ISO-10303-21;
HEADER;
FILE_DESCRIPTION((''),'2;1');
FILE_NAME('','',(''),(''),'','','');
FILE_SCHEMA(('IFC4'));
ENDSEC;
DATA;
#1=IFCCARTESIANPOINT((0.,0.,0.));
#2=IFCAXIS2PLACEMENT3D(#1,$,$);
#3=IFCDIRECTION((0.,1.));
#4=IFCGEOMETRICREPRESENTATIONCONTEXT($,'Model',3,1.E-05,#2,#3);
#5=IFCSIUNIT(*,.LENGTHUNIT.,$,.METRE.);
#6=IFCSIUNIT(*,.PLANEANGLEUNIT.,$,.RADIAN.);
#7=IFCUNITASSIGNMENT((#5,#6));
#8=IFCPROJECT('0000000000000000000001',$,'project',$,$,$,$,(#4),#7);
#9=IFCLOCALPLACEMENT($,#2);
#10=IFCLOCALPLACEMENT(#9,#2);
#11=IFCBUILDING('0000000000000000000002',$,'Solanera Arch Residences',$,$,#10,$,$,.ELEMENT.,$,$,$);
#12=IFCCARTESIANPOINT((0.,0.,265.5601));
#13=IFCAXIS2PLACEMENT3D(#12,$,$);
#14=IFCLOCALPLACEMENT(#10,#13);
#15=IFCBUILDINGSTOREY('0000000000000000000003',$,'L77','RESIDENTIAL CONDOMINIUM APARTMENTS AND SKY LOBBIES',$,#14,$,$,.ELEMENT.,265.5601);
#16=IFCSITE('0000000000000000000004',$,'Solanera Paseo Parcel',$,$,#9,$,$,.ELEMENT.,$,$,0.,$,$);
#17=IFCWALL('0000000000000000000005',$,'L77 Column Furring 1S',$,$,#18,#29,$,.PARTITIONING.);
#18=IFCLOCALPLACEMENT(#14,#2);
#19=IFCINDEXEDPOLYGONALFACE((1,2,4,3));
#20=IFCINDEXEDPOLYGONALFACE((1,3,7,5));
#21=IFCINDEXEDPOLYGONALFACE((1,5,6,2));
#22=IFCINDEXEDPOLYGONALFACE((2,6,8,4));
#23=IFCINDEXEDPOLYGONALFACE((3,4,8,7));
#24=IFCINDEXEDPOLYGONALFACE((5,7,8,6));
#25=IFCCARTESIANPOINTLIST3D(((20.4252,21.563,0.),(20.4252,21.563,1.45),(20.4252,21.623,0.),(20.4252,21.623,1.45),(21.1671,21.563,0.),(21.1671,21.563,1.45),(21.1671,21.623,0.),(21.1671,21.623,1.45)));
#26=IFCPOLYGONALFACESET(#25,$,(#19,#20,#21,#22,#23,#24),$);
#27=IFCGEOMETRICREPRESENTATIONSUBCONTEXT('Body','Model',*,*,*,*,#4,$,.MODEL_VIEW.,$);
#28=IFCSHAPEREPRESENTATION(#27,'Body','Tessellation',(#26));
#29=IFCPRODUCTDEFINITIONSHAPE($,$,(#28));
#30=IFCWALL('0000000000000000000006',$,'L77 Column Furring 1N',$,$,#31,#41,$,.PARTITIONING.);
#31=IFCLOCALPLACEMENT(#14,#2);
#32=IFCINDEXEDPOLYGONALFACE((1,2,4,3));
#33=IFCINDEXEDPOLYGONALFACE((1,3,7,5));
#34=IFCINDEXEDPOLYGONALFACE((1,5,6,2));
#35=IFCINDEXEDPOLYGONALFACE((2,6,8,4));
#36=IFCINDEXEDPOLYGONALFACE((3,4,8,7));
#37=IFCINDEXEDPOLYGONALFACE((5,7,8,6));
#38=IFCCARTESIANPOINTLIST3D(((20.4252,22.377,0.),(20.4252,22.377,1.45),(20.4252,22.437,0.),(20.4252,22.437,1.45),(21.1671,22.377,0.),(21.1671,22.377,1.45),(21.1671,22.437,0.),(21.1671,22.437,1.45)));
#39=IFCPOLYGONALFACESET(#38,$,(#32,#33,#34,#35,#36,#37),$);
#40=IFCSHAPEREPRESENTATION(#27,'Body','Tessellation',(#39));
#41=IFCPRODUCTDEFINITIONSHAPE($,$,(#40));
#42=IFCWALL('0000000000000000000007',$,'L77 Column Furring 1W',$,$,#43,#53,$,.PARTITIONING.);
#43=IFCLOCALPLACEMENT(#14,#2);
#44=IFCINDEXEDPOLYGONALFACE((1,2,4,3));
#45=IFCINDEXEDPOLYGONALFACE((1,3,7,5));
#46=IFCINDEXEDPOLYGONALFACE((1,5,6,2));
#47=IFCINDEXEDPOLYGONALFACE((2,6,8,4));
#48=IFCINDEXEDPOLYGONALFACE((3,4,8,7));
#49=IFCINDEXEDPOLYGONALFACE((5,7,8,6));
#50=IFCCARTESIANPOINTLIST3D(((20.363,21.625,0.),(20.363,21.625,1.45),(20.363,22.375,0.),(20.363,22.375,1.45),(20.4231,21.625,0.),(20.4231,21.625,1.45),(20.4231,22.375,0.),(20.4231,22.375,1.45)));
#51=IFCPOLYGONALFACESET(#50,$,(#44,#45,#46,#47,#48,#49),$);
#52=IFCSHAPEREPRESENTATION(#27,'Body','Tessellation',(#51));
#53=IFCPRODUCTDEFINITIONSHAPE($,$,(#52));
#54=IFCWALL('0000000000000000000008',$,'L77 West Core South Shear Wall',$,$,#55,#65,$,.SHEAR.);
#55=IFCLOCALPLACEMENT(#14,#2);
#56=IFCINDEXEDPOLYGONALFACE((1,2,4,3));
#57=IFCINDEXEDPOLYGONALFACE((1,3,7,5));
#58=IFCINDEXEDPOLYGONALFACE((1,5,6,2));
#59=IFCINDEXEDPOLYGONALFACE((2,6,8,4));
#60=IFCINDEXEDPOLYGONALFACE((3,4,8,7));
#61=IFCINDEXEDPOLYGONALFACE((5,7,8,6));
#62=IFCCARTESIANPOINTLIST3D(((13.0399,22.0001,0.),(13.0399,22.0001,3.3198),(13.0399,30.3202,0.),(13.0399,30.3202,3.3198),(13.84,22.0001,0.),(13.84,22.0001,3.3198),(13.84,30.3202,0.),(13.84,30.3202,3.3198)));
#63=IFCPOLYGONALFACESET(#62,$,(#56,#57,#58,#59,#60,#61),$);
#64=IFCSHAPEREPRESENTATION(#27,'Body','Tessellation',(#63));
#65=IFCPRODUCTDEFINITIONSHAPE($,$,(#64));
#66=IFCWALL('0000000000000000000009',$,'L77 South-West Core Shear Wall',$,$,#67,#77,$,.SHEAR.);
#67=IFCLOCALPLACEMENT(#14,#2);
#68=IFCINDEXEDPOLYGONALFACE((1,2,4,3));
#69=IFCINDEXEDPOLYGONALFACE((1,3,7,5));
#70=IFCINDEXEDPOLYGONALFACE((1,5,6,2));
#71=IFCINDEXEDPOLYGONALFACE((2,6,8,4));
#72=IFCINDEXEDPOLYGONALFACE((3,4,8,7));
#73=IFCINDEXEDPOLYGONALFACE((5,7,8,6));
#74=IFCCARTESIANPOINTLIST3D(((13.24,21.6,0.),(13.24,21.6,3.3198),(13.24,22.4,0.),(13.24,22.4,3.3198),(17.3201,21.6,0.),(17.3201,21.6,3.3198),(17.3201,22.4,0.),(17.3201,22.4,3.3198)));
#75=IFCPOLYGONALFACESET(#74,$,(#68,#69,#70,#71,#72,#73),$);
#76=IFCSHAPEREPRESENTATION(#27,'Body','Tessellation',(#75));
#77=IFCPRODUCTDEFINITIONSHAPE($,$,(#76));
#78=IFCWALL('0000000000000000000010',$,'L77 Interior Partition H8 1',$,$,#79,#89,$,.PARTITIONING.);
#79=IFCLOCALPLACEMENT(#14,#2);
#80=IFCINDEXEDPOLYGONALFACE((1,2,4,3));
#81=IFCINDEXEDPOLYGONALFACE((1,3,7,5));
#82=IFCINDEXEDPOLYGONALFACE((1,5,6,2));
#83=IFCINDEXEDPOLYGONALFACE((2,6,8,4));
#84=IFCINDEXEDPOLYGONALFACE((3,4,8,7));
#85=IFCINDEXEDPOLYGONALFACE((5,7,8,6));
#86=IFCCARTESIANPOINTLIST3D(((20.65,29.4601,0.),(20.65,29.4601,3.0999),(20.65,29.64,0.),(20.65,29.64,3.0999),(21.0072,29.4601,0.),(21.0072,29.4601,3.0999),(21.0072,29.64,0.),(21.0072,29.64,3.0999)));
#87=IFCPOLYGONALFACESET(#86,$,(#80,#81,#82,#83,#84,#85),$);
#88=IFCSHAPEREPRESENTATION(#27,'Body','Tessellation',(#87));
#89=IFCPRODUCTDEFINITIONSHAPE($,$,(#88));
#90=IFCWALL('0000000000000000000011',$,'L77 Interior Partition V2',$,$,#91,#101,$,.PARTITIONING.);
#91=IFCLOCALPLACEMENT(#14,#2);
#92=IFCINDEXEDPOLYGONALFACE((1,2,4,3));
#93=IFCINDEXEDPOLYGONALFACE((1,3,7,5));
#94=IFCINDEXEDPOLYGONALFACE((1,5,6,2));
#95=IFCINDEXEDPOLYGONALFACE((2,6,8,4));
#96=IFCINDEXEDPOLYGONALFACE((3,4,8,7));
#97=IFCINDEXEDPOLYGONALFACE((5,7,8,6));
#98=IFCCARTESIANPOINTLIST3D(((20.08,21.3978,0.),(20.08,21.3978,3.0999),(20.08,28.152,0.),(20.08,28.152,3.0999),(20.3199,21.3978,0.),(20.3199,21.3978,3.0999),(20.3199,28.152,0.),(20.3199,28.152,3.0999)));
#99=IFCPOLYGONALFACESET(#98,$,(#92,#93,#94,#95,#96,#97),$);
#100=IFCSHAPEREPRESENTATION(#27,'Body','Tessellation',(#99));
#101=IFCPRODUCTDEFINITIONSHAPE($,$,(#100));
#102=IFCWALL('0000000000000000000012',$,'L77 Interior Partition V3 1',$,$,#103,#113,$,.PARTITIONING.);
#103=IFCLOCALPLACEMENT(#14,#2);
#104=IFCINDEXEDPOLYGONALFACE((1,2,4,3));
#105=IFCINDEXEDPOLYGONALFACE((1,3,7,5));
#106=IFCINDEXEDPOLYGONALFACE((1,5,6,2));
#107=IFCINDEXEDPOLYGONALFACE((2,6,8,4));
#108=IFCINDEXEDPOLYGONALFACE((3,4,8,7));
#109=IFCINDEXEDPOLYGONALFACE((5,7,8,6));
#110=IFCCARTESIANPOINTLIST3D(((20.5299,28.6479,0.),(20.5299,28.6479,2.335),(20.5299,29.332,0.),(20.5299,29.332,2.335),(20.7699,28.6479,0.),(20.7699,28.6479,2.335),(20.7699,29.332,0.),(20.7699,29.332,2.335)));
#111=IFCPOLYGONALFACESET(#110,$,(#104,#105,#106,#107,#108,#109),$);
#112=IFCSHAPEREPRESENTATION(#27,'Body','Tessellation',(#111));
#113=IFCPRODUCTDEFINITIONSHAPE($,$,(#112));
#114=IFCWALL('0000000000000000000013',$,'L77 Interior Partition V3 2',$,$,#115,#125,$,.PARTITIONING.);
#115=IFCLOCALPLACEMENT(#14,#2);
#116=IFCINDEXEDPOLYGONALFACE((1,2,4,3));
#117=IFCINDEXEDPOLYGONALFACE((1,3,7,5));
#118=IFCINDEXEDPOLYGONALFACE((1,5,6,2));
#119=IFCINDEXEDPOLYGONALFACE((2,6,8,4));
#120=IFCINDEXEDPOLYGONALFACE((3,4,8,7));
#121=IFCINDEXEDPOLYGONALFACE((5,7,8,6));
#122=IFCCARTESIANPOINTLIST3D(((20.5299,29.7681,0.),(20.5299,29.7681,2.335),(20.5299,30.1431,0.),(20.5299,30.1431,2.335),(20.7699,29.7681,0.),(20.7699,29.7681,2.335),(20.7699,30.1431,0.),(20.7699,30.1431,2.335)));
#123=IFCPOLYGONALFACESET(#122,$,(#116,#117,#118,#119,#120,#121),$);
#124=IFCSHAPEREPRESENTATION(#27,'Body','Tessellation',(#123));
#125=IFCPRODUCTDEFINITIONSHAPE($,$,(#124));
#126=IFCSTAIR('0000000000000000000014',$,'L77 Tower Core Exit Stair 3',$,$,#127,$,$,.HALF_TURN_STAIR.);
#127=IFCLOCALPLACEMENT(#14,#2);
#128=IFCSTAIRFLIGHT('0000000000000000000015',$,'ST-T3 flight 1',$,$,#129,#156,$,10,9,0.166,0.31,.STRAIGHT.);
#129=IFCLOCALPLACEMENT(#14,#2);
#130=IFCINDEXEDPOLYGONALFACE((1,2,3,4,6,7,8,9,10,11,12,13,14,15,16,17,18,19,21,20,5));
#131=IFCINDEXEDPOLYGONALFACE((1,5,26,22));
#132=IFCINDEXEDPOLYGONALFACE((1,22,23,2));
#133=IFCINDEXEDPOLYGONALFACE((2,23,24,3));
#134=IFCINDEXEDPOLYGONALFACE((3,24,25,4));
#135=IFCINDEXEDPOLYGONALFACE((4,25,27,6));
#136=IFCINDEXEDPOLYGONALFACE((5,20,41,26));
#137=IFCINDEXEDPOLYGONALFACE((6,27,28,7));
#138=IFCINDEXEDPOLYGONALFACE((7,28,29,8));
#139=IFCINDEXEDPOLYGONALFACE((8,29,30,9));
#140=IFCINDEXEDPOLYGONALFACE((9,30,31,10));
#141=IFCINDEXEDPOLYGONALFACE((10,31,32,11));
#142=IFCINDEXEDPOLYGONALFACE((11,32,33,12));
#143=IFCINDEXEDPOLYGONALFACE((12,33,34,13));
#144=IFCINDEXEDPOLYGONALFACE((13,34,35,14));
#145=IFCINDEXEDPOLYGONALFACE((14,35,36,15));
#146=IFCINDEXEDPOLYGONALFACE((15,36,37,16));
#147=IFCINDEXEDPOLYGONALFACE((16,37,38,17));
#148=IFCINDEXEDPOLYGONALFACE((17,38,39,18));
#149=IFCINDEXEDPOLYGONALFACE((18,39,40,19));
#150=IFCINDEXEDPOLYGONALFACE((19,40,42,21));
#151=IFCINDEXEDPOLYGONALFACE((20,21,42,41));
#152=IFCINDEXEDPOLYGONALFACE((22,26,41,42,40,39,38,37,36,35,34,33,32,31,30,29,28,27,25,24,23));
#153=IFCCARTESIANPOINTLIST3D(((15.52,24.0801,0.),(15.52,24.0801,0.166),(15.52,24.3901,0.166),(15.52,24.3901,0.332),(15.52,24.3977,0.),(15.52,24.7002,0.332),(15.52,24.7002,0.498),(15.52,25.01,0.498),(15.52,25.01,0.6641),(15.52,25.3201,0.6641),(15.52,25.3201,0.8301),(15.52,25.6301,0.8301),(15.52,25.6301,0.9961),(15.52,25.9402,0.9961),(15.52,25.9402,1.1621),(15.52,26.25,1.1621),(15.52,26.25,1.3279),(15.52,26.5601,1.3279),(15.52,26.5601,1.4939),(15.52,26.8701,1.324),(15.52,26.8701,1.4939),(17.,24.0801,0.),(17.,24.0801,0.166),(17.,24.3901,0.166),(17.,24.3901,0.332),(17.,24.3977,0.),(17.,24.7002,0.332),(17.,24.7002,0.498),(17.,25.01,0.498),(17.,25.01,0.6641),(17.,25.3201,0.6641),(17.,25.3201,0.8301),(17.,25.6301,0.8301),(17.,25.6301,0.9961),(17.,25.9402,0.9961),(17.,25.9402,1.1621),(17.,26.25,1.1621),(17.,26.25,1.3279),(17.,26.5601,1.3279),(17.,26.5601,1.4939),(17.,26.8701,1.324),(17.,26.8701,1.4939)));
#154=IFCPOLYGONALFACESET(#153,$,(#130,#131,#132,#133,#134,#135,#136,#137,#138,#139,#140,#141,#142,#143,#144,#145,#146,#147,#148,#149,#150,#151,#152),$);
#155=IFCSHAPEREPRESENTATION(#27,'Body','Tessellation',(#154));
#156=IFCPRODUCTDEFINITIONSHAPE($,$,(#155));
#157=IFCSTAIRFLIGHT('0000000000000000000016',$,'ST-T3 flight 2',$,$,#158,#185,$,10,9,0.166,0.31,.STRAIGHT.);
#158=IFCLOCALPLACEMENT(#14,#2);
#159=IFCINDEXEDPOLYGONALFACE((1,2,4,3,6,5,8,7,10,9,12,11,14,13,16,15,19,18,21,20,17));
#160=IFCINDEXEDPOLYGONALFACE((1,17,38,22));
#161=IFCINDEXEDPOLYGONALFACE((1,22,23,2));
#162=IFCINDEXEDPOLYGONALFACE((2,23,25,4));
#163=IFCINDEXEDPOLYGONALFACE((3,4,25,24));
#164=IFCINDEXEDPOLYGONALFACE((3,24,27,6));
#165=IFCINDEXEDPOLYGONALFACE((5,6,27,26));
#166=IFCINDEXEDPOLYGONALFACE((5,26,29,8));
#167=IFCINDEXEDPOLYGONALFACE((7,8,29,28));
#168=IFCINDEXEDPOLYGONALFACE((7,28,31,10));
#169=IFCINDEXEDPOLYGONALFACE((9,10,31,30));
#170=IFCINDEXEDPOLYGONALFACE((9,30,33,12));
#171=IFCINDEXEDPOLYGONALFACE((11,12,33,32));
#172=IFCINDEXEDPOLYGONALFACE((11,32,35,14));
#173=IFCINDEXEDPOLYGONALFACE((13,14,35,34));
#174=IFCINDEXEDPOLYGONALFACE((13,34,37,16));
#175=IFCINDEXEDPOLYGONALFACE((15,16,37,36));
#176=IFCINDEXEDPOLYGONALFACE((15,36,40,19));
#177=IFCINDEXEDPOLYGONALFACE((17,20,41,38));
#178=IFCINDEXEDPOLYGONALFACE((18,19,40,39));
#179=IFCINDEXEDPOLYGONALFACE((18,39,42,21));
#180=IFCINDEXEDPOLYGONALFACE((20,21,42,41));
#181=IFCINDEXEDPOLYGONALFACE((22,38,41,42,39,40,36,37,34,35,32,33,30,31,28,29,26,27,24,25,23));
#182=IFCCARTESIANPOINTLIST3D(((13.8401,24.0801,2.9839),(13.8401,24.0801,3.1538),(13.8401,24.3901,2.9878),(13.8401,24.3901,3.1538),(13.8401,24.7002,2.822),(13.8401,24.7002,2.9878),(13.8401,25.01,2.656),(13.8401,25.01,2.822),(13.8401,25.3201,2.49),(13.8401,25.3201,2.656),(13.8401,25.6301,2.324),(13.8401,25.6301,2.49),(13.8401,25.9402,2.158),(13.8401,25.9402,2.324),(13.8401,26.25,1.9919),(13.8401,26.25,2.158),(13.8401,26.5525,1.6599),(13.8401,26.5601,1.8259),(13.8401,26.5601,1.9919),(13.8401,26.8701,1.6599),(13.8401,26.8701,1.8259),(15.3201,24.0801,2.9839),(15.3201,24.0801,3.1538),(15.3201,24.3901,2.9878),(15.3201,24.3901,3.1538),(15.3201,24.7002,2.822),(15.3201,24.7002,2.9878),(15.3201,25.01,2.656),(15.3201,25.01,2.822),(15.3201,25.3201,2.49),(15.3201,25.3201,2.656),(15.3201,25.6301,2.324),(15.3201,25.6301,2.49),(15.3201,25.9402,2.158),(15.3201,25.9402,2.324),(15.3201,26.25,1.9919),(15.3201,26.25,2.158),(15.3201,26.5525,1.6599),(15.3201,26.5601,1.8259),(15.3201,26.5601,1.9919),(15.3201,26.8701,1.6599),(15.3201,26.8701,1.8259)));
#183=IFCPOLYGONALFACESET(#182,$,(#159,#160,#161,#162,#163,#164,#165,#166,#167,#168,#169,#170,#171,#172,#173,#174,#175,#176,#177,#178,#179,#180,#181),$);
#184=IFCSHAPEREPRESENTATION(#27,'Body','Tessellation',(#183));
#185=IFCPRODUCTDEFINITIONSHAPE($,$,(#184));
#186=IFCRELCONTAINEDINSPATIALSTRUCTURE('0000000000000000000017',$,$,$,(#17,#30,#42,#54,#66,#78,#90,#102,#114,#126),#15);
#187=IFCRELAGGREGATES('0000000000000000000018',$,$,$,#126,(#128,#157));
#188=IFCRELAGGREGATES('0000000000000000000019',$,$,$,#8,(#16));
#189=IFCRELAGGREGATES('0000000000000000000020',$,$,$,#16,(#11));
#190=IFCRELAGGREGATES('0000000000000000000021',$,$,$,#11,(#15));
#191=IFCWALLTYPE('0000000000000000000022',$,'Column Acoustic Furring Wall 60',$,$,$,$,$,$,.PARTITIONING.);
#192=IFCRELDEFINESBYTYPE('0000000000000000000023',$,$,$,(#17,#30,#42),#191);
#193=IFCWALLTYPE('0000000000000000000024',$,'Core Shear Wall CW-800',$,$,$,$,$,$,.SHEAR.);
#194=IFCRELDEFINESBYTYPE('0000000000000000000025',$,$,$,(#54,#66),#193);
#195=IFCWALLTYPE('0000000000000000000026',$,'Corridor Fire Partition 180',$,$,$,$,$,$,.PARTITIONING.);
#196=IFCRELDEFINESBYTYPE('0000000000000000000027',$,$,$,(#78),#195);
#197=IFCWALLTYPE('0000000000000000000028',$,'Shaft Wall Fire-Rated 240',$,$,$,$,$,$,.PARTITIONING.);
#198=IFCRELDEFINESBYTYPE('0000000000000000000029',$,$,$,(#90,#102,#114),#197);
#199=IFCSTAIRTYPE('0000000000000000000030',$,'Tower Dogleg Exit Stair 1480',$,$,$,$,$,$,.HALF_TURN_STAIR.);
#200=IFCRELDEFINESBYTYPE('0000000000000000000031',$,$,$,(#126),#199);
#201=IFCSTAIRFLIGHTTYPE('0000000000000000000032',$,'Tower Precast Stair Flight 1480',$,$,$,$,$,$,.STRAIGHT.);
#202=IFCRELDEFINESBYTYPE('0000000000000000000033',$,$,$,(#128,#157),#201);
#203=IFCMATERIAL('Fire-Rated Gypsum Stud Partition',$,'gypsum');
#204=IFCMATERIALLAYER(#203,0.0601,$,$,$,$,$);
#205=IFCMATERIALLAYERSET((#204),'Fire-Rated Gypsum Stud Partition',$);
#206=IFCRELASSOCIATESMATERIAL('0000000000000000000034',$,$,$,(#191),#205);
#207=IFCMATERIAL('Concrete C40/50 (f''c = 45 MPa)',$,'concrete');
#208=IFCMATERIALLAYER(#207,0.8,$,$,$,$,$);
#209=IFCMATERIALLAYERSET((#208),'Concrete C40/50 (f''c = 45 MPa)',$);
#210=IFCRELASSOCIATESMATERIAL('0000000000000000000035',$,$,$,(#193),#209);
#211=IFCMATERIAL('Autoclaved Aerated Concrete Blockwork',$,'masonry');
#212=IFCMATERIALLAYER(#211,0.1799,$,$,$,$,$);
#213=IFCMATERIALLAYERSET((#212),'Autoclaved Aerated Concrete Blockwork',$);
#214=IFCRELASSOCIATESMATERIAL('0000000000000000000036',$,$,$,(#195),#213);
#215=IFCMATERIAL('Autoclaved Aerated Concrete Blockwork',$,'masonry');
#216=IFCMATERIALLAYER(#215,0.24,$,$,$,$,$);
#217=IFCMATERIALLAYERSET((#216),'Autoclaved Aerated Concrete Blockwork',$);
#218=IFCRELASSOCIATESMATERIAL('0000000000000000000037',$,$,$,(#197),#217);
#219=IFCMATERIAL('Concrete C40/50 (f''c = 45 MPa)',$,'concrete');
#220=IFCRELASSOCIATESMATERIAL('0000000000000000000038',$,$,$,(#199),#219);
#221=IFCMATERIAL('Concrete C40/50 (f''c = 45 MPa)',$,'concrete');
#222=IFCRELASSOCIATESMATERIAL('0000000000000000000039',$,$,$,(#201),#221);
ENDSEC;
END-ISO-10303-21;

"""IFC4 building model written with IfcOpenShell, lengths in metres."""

from ifc_helpers import new_model, si_unit, direction, frame, frame_2d, origin, place, context, subcontext, project, spatial, polyline, rectangle, outline, extrude, material, layer, layer_set, type_object, element, aggregate, save


model = new_model("IFC4")

# Units and contexts
model_context = context("Model", 3, precision=1e-05, world=origin(), true_north=direction((0.0, 1.0)))
body_context = subcontext(model_context, "Body", "Model", "MODEL_VIEW")
ifc_project = project(units=[si_unit("LENGTHUNIT", "METRE"), si_unit("PLANEANGLEUNIT", "RADIAN")], contexts=[model_context])

# Site, building, storey
site_placement = place(None, origin())
site = spatial("IfcSite", under=ifc_project, at=site_placement, Name="Solanera Paseo Parcel", CompositionType="ELEMENT", RefElevation=0.0)
building_placement = place(site_placement, origin())
building = spatial("IfcBuilding", under=site, at=building_placement, Name="Solanera Arch Residences", CompositionType="ELEMENT")
storey_placement = place(building_placement, frame((0.0, 0.0, 265.5601)))
storey = spatial("IfcBuildingStorey", under=building, at=storey_placement, Name="L77", Description="RESIDENTIAL CONDOMINIUM APARTMENTS AND SKY LOBBIES", CompositionType="ELEMENT", Elevation=265.5601)

# Walls
ifc_material_1 = material(Name="Fire-Rated Gypsum Stud Partition", Category="gypsum")
ifc_layer_1 = layer(ifc_material_1, 0.0601)
ifc_layer_set_1 = layer_set([ifc_layer_1], Name="Fire-Rated Gypsum Stud Partition")
wall_type_1 = type_object("IfcWallType", Name="Column Acoustic Furring Wall 60", PredefinedType="PARTITIONING", material=ifc_layer_set_1)
for number, where, z_axis, x_axis, name in (
    (1, (20.425, 21.593, 0.0), (0.0, 0.0, 1.0), (1.0, 0.0, 0.0), "L77 Column Furring 1S"),
    (2, (20.425, 22.407, 0.0), (0.0, 0.0, 1.0), (1.0, 0.0, 0.0), "L77 Column Furring 1N"),
):
    element("IfcWall", number, at=place(storey_placement, frame(where, z_axis=z_axis, x_axis=x_axis)), inside=storey, type_object=wall_type_1, Name=name, PredefinedType="PARTITIONING", context=body_context, shape_type="SweptSolid", body=[
        extrude(rectangle(XDim=0.7419, YDim=0.0601, at=frame_2d((0.3711, 0.0))), origin(), (0.0, 0.0, 1.0), 1.45),
    ])
wall_1_placement = place(storey_placement, frame((20.3931, 21.625, 0.0), z_axis=(0.0, 0.0, 1.0), x_axis=(0.0, 1.0, 0.0)))
element("IfcWall", 3, at=wall_1_placement, inside=storey, type_object=wall_type_1, Name="L77 Column Furring 1W", PredefinedType="PARTITIONING", context=body_context, shape_type="SweptSolid", body=[
    extrude(rectangle(XDim=0.75, YDim=0.0601, at=frame_2d((0.375, 0.0))), origin(), (0.0, 0.0, 1.0), 1.45),
])

# Walls
ifc_material_2 = material(Name="Concrete C40/50 (f'c = 45 MPa)", Category="concrete")
ifc_layer_2 = layer(ifc_material_2, 0.8)
ifc_layer_set_2 = layer_set([ifc_layer_2], Name="Concrete C40/50 (f'c = 45 MPa)")
wall_type_2 = type_object("IfcWallType", Name="Core Shear Wall CW-800", PredefinedType="SHEAR", material=ifc_layer_set_2)
wall_2_placement = place(storey_placement, frame((13.4399, 22.0, 0.0), z_axis=(0.0, 0.0, 1.0), x_axis=(0.0, 1.0, 0.0)))
element("IfcWall", 4, at=wall_2_placement, inside=storey, type_object=wall_type_2, Name="L77 West Core South Shear Wall", PredefinedType="SHEAR", context=body_context, shape_type="SweptSolid", body=[
    extrude(rectangle(XDim=8.3201, YDim=0.8, at=frame_2d((4.1602, 0.0))), origin(), (0.0, 0.0, 1.0), 3.3198),
])
wall_3_placement = place(storey_placement, frame((13.24, 22.0, 0.0), z_axis=(0.0, 0.0, 1.0), x_axis=(1.0, 0.0, 0.0)))
element("IfcWall", 5, at=wall_3_placement, inside=storey, type_object=wall_type_2, Name="L77 South-West Core Shear Wall", PredefinedType="SHEAR", context=body_context, shape_type="SweptSolid", body=[
    extrude(rectangle(XDim=4.0801, YDim=0.8, at=frame_2d((2.04, 0.0))), origin(), (0.0, 0.0, 1.0), 3.3198),
])
ifc_material_3 = material(Name="Autoclaved Aerated Concrete Blockwork", Category="masonry")
ifc_layer_3 = layer(ifc_material_3, 0.1799)
ifc_layer_set_3 = layer_set([ifc_layer_3], Name="Autoclaved Aerated Concrete Blockwork")
wall_type_3 = type_object("IfcWallType", Name="Corridor Fire Partition 180", PredefinedType="PARTITIONING", material=ifc_layer_set_3)
wall_4_placement = place(storey_placement, frame((20.6499, 29.55, 0.0), z_axis=(0.0, 0.0, 1.0), x_axis=(1.0, 0.0, 0.0)))
element("IfcWall", 6, at=wall_4_placement, inside=storey, type_object=wall_type_3, Name="L77 Interior Partition H8 1", PredefinedType="PARTITIONING", context=body_context, shape_type="SweptSolid", body=[
    extrude(rectangle(XDim=0.3572, YDim=0.1799, at=frame_2d((0.1787, 0.0))), origin(), (0.0, 0.0, 1.0), 3.0999),
])

# Shared definitions
ifc_material_4 = material(Name="Autoclaved Aerated Concrete Blockwork", Category="masonry")
ifc_layer_4 = layer(ifc_material_4, 0.24)
ifc_layer_set_4 = layer_set([ifc_layer_4], Name="Autoclaved Aerated Concrete Blockwork")
wall_type_4 = type_object("IfcWallType", Name="Shaft Wall Fire-Rated 240", PredefinedType="PARTITIONING", material=ifc_layer_set_4)

# Walls
wall_5_placement = place(storey_placement, frame((20.2, 21.3979, 0.0), z_axis=(0.0, 0.0, 1.0), x_axis=(0.0, 1.0, 0.0)))
element("IfcWall", 7, at=wall_5_placement, inside=storey, type_object=wall_type_4, Name="L77 Interior Partition V2", PredefinedType="PARTITIONING", context=body_context, shape_type="SweptSolid", body=[
    extrude(rectangle(XDim=6.7542, YDim=0.24, at=frame_2d((3.377, 0.0))), origin(), (0.0, 0.0, 1.0), 3.0999),
])
wall_6_placement = place(storey_placement, frame((20.6499, 28.6479, 0.0), z_axis=(0.0, 0.0, 1.0), x_axis=(0.0, 1.0, 0.0)))
element("IfcWall", 8, at=wall_6_placement, inside=storey, type_object=wall_type_4, Name="L77 Interior Partition V3 1", PredefinedType="PARTITIONING", context=body_context, shape_type="SweptSolid", body=[
    extrude(rectangle(XDim=0.6841, YDim=0.24, at=frame_2d((0.342, 0.0))), origin(), (0.0, 0.0, 1.0), 2.335),
])
wall_7_placement = place(storey_placement, frame((20.6499, 29.7681, 0.0), z_axis=(0.0, 0.0, 1.0), x_axis=(0.0, 1.0, 0.0)))
element("IfcWall", 9, at=wall_7_placement, inside=storey, type_object=wall_type_4, Name="L77 Interior Partition V3 2", PredefinedType="PARTITIONING", context=body_context, shape_type="SweptSolid", body=[
    extrude(rectangle(XDim=0.375, YDim=0.24, at=frame_2d((0.1875, 0.0))), origin(), (0.0, 0.0, 1.0), 2.335),
])

# Stair, stair flights
ifc_material_5 = material(Name="Concrete C40/50 (f'c = 45 MPa)", Category="concrete")
stair_type = type_object("IfcStairType", Name="Tower Dogleg Exit Stair 1480", PredefinedType="HALF_TURN_STAIR", material=ifc_material_5)
stair_placement = place(storey_placement, origin())
stair = element("IfcStair", 10, at=stair_placement, inside=storey, type_object=stair_type, Name="L77 Tower Core Exit Stair 3", PredefinedType="HALF_TURN_STAIR")
ifc_material_6 = material(Name="Concrete C40/50 (f'c = 45 MPa)", Category="concrete")
stair_flight_type = type_object("IfcStairFlightType", Name="Tower Precast Stair Flight 1480", PredefinedType="STRAIGHT", material=ifc_material_6)
stair_flight_1_placement = place(storey_placement, frame((16.26, 24.0801, 0.0), z_axis=(0.0, 0.0, 1.0), x_axis=(0.0, 1.0, 0.0)))
stair_flight_1 = element("IfcStairFlight", 11, at=stair_flight_1_placement, type_object=stair_flight_type, Name="ST-T3 flight 1", NumberOfRisers=10, NumberOfTreads=9, PredefinedType="STRAIGHT", RiserHeight=0.166, TreadLength=0.31, context=body_context, shape_type="SweptSolid", body=[
    extrude(outline(polyline([(0.0, 0.0), (0.0, 0.166), (0.3101, 0.166), (0.3101, 0.332), (0.6201, 0.332), (0.6201, 0.498), (0.9299, 0.498), (0.9299, 0.6641), (1.24, 0.6641), (1.24, 0.8301), (1.55, 0.8301), (1.55, 0.9961), (1.8601, 0.9961), (1.8601, 1.1621), (2.1699, 1.1621), (2.1699, 1.3279), (2.48, 1.3279), (2.48, 1.4939), (2.79, 1.4939), (2.79, 1.6599), (2.79, 1.324), (0.3176, 0.0), (0.0, 0.0)])), frame((0.0, 0.74, 0.0), z_axis=(0.0, -1.0, 0.0), x_axis=(1.0, 0.0, 0.0)), (0.0, 0.0, 1.0), 1.48),
])
stair_flight_2_placement = place(storey_placement, frame((14.5801, 26.8701, 1.6599), z_axis=(0.0, 0.0, 1.0), x_axis=(0.0, -1.0, 0.0)))
stair_flight_2 = element("IfcStairFlight", 12, at=stair_flight_2_placement, type_object=stair_flight_type, Name="ST-T3 flight 2", NumberOfRisers=10, NumberOfTreads=9, PredefinedType="STRAIGHT", RiserHeight=0.166, TreadLength=0.31, context=body_context, shape_type="SweptSolid", body=[
    extrude(outline(polyline([(0.0, 0.0), (0.0, 0.166), (0.3101, 0.166), (0.3101, 0.332), (0.6201, 0.332), (0.6201, 0.498), (0.9299, 0.498), (0.9299, 0.6641), (1.24, 0.6641), (1.24, 0.8301), (1.55, 0.8301), (1.55, 0.9961), (1.8601, 0.9961), (1.8601, 1.1621), (2.1699, 1.1621), (2.1699, 1.3279), (2.48, 1.3279), (2.48, 1.4939), (2.79, 1.4939), (2.79, 1.6599), (2.79, 1.324), (0.3176, 0.0), (0.0, 0.0)])), frame((0.0, 0.74, 0.0), z_axis=(0.0, -1.0, 0.0), x_axis=(1.0, 0.0, 0.0)), (0.0, 0.0, 1.0), 1.48),
])
aggregate(stair, [stair_flight_1, stair_flight_2])

save(model, "model.ifc")
